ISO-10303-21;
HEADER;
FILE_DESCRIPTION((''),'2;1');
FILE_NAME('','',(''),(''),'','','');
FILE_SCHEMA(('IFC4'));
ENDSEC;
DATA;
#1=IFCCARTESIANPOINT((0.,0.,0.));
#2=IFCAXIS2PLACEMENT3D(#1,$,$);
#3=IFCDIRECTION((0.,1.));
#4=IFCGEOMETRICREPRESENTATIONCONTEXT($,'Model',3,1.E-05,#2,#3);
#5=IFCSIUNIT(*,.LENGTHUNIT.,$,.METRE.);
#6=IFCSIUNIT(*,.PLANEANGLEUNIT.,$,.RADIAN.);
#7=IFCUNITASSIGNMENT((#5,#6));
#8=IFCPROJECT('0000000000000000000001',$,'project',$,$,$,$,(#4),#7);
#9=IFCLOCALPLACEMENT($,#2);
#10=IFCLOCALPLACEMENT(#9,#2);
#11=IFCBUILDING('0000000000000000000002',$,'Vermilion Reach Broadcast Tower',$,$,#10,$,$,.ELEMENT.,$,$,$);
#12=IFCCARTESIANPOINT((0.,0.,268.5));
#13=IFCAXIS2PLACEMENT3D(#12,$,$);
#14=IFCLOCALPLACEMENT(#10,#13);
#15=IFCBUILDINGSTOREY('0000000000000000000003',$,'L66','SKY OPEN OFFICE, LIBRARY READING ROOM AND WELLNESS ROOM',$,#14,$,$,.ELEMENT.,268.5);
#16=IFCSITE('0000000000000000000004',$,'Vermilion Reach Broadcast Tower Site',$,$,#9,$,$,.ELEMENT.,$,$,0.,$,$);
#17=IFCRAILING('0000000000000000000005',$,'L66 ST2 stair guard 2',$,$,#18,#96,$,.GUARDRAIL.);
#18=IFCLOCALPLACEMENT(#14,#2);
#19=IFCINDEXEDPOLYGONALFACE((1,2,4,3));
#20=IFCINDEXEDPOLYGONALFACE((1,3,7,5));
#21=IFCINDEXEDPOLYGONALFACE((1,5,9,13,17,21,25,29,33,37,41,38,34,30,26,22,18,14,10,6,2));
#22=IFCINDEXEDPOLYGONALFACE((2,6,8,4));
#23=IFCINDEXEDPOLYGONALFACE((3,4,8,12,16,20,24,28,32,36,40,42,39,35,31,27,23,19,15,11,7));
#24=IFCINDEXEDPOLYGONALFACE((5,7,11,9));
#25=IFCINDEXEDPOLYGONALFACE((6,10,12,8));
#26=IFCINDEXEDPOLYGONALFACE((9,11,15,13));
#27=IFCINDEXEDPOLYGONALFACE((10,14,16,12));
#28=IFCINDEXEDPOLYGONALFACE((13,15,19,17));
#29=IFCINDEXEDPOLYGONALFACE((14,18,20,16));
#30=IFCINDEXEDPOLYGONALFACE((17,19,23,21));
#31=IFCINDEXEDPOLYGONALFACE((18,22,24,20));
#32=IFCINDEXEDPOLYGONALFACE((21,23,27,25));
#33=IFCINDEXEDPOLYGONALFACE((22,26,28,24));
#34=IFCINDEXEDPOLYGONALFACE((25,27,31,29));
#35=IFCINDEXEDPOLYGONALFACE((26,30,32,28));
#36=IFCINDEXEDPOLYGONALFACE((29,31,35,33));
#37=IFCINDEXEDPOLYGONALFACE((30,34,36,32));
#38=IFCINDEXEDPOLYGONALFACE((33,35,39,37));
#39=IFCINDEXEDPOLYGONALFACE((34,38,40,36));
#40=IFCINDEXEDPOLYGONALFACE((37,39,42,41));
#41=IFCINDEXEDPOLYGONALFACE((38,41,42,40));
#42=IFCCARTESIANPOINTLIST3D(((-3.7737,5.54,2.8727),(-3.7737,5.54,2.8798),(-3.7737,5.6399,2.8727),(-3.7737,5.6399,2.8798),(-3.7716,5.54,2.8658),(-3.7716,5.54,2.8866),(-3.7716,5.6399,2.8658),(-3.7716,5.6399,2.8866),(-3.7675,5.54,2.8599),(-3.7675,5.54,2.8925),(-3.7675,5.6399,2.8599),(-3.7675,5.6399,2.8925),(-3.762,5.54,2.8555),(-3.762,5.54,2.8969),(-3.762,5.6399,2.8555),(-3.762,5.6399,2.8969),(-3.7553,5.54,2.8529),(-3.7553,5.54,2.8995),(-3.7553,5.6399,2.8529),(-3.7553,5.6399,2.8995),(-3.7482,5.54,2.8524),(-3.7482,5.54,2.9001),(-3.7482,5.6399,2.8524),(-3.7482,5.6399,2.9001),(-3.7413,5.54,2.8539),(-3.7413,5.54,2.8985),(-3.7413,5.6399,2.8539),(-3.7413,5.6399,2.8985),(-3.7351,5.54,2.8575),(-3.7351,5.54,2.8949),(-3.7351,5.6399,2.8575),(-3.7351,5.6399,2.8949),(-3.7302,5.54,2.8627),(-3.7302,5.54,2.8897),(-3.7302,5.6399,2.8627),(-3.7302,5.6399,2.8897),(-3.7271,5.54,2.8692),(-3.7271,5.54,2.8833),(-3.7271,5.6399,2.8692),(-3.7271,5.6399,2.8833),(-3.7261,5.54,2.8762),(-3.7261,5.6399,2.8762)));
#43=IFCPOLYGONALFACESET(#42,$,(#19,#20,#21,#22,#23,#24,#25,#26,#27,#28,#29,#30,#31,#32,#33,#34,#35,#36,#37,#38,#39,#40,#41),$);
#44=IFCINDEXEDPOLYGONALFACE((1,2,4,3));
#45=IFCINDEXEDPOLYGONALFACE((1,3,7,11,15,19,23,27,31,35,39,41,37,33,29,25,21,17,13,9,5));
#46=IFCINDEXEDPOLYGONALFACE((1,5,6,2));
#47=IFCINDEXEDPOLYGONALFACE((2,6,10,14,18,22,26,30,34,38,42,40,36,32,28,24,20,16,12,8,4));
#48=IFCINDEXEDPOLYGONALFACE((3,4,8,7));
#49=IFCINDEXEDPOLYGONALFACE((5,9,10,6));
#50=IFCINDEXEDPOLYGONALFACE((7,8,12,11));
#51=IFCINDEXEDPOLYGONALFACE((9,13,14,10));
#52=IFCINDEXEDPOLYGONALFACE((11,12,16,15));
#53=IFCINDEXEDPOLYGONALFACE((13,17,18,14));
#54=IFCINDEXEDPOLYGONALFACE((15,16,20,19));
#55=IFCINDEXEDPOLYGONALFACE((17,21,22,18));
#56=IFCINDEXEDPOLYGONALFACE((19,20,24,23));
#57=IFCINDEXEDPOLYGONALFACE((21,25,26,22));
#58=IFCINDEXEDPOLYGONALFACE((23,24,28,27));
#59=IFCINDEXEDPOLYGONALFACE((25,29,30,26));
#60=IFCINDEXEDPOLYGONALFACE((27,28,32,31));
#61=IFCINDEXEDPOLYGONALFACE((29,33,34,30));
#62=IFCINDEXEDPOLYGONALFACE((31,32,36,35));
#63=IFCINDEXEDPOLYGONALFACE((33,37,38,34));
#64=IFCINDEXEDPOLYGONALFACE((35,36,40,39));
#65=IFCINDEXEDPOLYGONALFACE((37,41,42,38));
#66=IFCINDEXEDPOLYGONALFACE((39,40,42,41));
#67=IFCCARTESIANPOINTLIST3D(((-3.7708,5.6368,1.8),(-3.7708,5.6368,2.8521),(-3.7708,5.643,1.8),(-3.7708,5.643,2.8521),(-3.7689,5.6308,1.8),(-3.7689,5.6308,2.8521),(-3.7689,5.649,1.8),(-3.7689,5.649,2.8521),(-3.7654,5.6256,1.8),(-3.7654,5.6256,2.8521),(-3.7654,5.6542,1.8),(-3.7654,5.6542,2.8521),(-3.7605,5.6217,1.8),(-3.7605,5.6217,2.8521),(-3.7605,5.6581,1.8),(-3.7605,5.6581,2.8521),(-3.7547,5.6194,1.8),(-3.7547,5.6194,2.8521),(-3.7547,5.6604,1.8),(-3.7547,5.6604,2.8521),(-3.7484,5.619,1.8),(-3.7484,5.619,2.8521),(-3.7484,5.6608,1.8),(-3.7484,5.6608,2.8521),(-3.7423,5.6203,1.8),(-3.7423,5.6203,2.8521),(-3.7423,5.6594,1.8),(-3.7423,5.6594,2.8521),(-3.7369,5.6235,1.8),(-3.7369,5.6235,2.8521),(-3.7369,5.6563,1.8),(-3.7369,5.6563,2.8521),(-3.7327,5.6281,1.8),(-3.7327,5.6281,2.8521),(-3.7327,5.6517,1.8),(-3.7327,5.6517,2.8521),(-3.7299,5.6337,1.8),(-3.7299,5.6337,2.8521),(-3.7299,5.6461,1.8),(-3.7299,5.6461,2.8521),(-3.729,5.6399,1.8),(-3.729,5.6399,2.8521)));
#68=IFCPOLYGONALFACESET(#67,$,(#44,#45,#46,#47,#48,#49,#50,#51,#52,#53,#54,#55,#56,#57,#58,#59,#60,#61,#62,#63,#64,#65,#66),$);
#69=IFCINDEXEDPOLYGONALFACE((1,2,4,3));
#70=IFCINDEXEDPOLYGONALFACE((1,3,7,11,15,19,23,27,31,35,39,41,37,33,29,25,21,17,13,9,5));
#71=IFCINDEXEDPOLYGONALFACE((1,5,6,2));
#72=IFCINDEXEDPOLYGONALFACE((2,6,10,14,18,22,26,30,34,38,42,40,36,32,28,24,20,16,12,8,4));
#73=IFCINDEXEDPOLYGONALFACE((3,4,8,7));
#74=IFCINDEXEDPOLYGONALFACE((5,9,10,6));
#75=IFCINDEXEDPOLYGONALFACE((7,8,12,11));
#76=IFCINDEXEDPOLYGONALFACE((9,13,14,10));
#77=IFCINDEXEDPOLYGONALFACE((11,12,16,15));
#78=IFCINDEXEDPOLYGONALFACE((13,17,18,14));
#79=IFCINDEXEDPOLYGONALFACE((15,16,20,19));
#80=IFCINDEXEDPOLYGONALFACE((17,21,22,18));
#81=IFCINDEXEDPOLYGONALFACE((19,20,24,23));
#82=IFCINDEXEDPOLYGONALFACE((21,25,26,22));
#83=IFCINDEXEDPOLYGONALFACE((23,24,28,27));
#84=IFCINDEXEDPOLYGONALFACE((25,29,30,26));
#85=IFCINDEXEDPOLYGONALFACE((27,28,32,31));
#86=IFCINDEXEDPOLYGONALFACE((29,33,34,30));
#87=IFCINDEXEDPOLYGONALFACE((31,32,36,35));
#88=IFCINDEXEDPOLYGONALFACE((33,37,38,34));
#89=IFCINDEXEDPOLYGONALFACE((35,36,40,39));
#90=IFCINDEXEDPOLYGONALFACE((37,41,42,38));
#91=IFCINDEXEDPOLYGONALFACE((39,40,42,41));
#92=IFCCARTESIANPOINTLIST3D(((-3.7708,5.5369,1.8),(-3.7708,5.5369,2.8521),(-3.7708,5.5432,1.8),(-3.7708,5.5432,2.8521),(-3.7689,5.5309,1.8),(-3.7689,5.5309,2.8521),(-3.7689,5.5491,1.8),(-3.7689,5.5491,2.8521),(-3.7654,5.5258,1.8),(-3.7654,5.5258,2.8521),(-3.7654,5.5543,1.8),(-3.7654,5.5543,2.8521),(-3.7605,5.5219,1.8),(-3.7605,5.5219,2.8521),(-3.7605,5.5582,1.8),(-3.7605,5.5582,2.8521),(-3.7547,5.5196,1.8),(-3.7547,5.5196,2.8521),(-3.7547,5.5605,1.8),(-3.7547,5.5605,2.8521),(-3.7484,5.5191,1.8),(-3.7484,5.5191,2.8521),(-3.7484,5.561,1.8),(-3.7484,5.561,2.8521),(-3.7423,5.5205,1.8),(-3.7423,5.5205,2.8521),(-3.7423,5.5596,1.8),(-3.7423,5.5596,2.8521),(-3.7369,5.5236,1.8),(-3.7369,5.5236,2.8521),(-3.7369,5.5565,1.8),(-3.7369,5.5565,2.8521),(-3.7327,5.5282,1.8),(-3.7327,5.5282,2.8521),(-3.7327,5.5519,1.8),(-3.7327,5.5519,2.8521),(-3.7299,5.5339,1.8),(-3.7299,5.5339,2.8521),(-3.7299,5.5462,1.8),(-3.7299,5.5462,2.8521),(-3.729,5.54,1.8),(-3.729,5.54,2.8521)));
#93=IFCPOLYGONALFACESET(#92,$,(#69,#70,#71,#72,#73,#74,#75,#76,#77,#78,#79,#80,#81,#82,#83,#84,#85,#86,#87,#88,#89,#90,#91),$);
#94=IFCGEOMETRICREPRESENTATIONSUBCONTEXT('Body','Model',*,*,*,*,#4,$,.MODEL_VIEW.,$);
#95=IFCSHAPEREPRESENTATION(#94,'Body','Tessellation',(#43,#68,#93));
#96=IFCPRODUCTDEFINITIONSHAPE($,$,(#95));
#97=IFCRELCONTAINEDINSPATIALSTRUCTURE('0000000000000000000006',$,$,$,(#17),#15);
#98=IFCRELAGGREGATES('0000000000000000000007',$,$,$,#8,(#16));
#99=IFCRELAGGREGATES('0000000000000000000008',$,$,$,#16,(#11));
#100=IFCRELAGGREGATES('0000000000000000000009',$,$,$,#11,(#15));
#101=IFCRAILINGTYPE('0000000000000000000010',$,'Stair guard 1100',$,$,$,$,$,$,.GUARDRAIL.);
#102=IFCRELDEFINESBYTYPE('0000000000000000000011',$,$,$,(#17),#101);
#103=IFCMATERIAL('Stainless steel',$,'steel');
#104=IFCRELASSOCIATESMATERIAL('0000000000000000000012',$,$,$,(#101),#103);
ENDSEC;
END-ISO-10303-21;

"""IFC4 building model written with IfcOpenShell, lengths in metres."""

from ifc_helpers import new_model, si_unit, direction, frame, origin, origin_2d, place, context, subcontext, project, spatial, circle, extrude, material, type_object, element, save


model = new_model("IFC4")

# Units and contexts
model_context = context("Model", 3, precision=1e-05, world=origin(), true_north=direction((0.0, 1.0)))
body_context = subcontext(model_context, "Body", "Model", "MODEL_VIEW")
ifc_project = project(units=[si_unit("LENGTHUNIT", "METRE"), si_unit("PLANEANGLEUNIT", "RADIAN")], contexts=[model_context])

# Site, building, storey
site_placement = place(None, origin())
site = spatial("IfcSite", under=ifc_project, at=site_placement, Name="Vermilion Reach Broadcast Tower Site", CompositionType="ELEMENT", RefElevation=0.0)
building_placement = place(site_placement, origin())
building = spatial("IfcBuilding", under=site, at=building_placement, Name="Vermilion Reach Broadcast Tower", CompositionType="ELEMENT")
storey_placement = place(building_placement, frame((0.0, 0.0, 268.5)))
storey = spatial("IfcBuildingStorey", under=building, at=storey_placement, Name="L66", Description="SKY OPEN OFFICE, LIBRARY READING ROOM AND WELLNESS ROOM", CompositionType="ELEMENT", Elevation=268.5)

# Railing
ifc_material_1 = material(Name="Stainless steel", Category="steel")
railing_type_1 = type_object("IfcRailingType", Name="Stair guard 1100", PredefinedType="GUARDRAIL", material=ifc_material_1)
railing_1_placement = place(storey_placement, frame((-3.75, 5.6399, 1.8)))
element("IfcRailing", 1, at=railing_1_placement, inside=storey, type_object=railing_type_1, Name="L66 ST2 stair guard 2", PredefinedType="GUARDRAIL", context=body_context, shape_type="SweptSolid", body=[
    extrude(circle(Radius=0.0239, at=origin_2d()), frame((0.0, 0.0, 1.0762), z_axis=(0.0, -1.0, 0.0), x_axis=(1.0, 0.0, 0.0)), (0.0, 0.0, 1.0), 0.0999),
    extrude(circle(Radius=0.021, at=origin_2d()), origin(), (0.0, 0.0, 1.0), 1.052),
    extrude(circle(Radius=0.021, at=origin_2d()), frame((0.0, -0.0999, 0.0)), (0.0, 0.0, 1.0), 1.052),
])

save(model, "model.ifc")
